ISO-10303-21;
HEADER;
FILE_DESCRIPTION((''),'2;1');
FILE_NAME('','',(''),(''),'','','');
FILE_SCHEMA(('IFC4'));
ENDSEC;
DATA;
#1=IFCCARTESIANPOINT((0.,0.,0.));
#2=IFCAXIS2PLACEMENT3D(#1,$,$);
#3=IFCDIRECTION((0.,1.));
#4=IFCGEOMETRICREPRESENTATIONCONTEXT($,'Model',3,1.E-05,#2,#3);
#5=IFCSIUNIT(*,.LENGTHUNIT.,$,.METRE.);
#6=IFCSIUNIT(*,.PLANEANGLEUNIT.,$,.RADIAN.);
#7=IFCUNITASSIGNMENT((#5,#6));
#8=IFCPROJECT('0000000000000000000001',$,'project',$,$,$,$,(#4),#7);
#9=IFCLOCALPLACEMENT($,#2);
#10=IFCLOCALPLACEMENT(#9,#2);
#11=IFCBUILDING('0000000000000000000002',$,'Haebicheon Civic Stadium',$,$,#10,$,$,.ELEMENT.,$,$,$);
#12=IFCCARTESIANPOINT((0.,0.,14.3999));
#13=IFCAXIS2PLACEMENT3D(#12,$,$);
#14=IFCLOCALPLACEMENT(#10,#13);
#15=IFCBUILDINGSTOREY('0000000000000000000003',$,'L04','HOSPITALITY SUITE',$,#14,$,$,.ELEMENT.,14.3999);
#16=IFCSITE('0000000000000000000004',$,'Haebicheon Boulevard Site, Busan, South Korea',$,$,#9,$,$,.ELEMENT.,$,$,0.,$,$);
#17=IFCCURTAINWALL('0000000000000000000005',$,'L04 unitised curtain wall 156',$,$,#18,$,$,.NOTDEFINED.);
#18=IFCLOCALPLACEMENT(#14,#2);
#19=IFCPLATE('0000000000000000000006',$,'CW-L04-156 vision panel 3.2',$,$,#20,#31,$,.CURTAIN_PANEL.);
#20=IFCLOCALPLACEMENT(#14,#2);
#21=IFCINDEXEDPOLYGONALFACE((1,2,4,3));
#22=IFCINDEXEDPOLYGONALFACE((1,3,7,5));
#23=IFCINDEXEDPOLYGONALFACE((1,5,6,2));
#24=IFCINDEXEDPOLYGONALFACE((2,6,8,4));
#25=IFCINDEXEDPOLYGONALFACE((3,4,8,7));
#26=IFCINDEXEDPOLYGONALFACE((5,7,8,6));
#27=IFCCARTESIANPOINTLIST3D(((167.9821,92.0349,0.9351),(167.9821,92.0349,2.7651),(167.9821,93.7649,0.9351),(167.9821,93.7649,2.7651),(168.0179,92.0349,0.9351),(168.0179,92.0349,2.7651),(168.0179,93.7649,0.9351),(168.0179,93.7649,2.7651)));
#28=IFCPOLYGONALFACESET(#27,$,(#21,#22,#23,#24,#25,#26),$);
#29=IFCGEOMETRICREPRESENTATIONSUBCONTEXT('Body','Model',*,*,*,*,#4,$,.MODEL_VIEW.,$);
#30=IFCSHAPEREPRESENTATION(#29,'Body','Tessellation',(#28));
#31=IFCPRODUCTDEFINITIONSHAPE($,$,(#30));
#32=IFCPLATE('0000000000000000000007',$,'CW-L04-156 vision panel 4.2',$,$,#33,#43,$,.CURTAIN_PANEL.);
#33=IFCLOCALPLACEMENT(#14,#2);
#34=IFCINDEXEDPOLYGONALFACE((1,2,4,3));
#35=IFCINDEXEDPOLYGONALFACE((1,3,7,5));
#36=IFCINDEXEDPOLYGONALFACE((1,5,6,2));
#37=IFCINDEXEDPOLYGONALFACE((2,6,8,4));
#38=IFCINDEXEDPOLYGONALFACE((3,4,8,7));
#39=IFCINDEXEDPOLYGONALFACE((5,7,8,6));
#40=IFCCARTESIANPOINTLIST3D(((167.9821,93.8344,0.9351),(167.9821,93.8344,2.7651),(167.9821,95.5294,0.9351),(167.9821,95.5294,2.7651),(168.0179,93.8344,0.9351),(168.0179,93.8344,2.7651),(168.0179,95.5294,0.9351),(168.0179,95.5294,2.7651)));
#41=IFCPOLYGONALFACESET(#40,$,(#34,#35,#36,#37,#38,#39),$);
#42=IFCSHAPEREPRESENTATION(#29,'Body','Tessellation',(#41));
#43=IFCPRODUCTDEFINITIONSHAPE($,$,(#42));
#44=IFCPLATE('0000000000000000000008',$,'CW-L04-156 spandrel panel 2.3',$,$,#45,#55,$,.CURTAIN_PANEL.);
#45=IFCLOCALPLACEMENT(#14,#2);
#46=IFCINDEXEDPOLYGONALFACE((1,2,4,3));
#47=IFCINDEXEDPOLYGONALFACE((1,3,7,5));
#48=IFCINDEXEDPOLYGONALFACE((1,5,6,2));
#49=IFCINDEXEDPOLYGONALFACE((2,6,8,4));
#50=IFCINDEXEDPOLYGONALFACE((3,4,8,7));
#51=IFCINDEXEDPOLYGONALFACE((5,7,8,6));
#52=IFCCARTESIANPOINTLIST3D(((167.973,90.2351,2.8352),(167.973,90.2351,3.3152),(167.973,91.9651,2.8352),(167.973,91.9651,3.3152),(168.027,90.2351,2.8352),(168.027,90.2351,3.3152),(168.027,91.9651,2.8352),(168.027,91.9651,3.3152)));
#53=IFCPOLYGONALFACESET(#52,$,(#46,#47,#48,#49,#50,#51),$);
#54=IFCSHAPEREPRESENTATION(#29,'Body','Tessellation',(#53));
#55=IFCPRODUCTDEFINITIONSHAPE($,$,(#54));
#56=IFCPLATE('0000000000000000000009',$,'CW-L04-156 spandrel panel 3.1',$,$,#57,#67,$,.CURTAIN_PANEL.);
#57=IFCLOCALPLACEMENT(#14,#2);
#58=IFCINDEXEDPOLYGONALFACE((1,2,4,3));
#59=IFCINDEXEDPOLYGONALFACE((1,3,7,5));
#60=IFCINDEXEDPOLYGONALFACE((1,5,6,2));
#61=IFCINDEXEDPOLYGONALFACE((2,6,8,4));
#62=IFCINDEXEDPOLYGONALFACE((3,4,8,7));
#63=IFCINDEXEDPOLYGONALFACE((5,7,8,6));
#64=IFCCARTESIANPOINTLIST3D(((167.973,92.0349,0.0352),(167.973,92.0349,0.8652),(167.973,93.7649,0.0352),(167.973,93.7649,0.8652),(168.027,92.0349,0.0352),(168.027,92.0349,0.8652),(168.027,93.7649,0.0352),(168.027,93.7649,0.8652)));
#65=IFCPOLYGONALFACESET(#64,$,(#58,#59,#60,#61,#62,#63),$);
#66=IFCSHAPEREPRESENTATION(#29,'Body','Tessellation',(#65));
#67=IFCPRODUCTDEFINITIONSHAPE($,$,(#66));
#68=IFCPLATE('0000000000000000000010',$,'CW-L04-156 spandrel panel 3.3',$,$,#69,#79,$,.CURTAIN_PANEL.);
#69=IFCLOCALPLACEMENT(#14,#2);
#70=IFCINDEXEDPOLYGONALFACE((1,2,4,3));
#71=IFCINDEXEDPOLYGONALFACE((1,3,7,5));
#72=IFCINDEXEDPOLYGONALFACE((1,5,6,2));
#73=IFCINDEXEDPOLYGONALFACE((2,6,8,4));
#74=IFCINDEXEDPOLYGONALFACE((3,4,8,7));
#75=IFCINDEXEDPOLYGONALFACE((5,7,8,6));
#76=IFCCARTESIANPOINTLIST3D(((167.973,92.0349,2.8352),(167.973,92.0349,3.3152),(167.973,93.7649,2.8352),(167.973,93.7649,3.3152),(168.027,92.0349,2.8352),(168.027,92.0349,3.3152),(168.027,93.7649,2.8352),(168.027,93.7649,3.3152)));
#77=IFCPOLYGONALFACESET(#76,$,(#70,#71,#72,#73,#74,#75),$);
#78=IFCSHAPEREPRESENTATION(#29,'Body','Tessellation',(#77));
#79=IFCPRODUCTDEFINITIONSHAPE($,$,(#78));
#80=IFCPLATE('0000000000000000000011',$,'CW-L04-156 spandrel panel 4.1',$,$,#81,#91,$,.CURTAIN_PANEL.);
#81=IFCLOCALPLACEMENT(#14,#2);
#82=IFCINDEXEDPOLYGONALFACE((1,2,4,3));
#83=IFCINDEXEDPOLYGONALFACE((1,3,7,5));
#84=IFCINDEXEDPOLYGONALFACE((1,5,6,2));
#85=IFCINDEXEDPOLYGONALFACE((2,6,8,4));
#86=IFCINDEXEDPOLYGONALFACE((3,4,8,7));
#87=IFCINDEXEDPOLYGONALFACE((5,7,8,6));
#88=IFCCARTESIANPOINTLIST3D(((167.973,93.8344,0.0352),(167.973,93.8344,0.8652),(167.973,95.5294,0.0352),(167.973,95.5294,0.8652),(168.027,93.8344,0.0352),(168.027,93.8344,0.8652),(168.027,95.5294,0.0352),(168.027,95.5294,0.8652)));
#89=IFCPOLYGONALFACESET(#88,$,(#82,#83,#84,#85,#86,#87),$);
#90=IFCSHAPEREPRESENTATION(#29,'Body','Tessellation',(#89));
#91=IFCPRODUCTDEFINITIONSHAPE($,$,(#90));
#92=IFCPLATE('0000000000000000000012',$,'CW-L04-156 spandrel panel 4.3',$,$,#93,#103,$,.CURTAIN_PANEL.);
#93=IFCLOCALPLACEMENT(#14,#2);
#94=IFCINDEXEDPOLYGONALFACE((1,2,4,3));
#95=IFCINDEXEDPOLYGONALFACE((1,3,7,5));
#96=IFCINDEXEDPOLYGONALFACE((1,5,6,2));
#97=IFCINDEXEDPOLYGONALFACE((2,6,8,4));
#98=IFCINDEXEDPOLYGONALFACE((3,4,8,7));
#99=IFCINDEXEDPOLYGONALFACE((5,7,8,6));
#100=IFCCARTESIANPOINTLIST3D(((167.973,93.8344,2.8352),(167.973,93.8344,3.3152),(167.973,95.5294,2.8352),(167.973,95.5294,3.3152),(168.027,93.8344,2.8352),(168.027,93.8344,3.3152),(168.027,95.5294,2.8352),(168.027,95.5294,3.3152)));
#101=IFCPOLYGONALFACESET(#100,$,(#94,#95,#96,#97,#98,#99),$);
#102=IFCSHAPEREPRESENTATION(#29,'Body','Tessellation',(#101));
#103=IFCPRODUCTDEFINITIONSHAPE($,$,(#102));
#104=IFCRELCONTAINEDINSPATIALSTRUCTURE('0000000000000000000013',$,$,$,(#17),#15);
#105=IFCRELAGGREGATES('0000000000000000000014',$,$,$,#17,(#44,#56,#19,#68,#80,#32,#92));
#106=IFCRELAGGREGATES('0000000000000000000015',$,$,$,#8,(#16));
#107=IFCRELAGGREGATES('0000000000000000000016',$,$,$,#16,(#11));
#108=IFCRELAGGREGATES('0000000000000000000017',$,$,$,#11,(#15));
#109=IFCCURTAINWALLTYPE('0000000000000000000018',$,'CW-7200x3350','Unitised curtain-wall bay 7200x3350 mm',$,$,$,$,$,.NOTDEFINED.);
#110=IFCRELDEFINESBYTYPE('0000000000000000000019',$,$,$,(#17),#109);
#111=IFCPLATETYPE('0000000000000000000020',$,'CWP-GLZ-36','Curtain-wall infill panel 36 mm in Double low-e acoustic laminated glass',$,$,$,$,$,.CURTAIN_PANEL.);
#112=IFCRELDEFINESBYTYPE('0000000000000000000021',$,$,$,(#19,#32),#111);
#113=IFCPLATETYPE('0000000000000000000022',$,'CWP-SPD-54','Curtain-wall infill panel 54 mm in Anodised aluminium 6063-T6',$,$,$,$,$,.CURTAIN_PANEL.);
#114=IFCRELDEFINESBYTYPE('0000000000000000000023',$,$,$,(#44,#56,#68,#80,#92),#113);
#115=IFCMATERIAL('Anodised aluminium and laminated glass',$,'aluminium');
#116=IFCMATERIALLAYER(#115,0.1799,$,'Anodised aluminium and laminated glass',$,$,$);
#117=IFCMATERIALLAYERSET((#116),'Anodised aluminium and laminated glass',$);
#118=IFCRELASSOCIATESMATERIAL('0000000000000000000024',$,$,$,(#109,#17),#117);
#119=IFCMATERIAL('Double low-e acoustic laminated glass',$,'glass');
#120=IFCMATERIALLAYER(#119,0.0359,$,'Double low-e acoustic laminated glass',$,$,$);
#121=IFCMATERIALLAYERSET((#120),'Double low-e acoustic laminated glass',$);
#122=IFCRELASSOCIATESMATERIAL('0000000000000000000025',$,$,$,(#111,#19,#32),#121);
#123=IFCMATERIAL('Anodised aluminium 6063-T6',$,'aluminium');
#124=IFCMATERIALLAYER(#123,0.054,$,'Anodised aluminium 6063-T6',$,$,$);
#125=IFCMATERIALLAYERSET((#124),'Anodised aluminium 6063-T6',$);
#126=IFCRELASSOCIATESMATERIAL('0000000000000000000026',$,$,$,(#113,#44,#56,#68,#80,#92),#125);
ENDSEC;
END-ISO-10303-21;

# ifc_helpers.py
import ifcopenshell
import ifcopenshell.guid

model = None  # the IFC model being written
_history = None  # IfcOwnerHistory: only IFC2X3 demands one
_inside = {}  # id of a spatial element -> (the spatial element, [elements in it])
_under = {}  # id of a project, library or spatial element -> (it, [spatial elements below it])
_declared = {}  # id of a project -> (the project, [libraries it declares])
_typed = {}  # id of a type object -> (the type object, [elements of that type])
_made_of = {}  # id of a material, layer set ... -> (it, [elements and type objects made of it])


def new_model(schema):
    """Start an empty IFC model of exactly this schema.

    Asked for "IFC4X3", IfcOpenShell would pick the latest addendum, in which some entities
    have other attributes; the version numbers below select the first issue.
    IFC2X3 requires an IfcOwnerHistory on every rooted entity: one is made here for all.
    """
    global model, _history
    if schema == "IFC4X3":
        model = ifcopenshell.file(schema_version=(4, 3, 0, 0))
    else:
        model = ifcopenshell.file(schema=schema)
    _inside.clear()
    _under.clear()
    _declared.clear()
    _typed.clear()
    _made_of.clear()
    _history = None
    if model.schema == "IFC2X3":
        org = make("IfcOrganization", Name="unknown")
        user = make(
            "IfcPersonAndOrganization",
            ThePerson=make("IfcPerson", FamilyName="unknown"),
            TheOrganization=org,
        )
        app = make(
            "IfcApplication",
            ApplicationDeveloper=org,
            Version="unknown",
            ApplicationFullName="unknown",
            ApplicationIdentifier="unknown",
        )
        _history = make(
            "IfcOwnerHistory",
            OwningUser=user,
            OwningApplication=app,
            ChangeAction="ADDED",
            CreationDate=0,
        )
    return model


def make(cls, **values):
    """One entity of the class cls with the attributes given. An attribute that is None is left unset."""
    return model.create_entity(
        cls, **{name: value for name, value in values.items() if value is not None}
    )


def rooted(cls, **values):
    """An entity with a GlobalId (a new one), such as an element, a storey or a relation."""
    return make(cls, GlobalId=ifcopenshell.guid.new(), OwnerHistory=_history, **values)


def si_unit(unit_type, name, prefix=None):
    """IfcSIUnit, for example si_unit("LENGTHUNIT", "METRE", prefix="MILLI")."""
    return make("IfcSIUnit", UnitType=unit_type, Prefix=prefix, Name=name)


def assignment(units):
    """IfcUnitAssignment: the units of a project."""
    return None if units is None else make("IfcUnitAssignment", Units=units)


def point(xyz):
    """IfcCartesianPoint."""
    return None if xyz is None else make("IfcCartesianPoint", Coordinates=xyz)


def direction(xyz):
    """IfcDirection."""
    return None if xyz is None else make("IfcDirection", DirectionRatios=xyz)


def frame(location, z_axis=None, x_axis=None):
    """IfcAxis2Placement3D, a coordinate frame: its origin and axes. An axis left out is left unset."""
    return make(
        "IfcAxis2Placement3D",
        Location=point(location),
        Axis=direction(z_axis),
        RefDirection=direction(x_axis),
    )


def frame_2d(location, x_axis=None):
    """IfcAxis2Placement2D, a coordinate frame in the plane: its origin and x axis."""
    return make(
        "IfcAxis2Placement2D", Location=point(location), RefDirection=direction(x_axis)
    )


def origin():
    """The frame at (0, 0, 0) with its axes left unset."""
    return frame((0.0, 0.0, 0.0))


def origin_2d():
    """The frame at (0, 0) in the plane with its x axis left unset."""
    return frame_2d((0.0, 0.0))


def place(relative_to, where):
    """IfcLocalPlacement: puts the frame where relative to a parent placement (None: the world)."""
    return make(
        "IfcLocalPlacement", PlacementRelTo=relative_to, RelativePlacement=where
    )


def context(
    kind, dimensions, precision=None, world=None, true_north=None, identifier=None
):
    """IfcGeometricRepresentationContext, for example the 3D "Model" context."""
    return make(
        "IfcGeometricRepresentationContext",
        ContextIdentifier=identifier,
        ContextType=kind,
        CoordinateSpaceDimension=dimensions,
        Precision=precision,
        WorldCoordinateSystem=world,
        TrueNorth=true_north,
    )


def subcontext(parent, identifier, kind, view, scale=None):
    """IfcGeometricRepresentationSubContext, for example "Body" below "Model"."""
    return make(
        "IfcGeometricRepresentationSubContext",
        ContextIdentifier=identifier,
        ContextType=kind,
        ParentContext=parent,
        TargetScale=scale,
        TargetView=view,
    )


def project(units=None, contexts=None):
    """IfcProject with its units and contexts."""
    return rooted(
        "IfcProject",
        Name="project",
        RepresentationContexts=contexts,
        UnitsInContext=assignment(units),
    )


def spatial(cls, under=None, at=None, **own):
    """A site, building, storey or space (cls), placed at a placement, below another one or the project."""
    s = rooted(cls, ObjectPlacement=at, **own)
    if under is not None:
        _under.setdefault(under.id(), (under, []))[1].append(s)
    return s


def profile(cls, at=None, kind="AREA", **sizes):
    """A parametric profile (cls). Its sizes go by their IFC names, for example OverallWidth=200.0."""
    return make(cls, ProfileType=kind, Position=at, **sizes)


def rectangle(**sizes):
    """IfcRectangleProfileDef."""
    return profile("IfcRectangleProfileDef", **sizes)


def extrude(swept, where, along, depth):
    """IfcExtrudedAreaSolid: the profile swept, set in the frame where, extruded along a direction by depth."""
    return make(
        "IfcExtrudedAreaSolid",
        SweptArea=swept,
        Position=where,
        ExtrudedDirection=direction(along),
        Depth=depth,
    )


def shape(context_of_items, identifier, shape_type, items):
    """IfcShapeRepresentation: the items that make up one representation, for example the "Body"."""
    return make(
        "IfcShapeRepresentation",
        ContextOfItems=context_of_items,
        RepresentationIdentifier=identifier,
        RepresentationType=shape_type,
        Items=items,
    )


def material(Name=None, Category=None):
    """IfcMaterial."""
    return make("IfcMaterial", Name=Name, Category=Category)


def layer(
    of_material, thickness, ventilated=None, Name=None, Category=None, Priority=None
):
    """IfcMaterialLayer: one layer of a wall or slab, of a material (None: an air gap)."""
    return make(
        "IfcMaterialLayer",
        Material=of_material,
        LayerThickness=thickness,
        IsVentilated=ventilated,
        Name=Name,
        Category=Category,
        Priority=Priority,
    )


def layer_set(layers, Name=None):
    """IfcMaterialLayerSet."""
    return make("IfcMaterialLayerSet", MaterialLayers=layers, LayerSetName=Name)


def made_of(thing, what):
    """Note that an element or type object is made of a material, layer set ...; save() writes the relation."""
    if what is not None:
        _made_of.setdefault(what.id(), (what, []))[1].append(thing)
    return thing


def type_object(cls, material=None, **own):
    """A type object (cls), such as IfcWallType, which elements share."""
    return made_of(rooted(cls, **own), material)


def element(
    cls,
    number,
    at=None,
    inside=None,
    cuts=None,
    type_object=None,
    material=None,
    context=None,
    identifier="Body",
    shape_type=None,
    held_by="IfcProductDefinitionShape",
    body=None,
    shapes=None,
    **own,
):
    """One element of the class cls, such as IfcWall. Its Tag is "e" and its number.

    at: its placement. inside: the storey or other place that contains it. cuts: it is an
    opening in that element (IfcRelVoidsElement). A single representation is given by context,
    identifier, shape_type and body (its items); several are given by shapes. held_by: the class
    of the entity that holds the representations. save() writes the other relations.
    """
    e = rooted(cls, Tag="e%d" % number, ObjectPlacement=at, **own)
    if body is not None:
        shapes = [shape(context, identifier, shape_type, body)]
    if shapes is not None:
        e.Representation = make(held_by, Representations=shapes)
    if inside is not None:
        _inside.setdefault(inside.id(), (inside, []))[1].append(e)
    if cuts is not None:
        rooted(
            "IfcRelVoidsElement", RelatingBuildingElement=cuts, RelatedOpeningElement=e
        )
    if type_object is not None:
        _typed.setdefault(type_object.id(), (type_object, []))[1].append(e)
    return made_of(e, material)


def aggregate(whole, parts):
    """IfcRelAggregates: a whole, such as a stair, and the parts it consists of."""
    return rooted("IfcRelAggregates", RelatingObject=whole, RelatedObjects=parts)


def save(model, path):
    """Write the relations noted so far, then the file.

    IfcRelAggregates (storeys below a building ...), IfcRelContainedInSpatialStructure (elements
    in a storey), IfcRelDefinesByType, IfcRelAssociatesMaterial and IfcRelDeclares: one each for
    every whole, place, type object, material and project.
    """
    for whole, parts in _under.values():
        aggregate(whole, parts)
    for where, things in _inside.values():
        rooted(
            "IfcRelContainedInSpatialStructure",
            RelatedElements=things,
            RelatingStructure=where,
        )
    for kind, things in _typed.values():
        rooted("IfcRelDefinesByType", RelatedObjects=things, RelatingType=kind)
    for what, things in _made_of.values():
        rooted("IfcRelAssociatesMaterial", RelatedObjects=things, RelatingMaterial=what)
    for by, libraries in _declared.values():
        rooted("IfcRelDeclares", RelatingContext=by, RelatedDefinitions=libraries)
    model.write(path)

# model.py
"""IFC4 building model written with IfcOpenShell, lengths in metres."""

from ifc_helpers import new_model, si_unit, direction, frame, origin, origin_2d, place, context, subcontext, project, spatial, rectangle, extrude, material, layer, layer_set, type_object, element, aggregate, save


model = new_model("IFC4")

# Units and contexts
model_context = context("Model", 3, precision=1e-05, world=origin(), true_north=direction((0.0, 1.0)))
body_context = subcontext(model_context, "Body", "Model", "MODEL_VIEW")
ifc_project = project(units=[si_unit("LENGTHUNIT", "METRE"), si_unit("PLANEANGLEUNIT", "RADIAN")], contexts=[model_context])

# Site, building, storey
site_placement = place(None, origin())
site = spatial("IfcSite", under=ifc_project, at=site_placement, Name="Haebicheon Boulevard Site, Busan, South Korea", CompositionType="ELEMENT", RefElevation=0.0)
building_placement = place(site_placement, origin())
building = spatial("IfcBuilding", under=site, at=building_placement, Name="Haebicheon Civic Stadium", CompositionType="ELEMENT")
storey_placement = place(building_placement, frame((0.0, 0.0, 14.3999)))
storey = spatial("IfcBuildingStorey", under=building, at=storey_placement, Name="L04", Description="HOSPITALITY SUITE", CompositionType="ELEMENT", Elevation=14.3999)

# Curtain wall
ifc_material_1 = material(Name="Anodised aluminium and laminated glass", Category="aluminium")
ifc_layer_1 = layer(ifc_material_1, 0.1799, Name="Anodised aluminium and laminated glass")
ifc_layer_set_1 = layer_set([ifc_layer_1], Name="Anodised aluminium and laminated glass")
curtain_wall_type = type_object("IfcCurtainWallType", Name="CW-7200x3350", Description="Unitised curtain-wall bay 7200x3350 mm", PredefinedType="NOTDEFINED", material=ifc_layer_set_1)
curtain_wall_placement = place(storey_placement, origin())
curtain_wall = element("IfcCurtainWall", 1, at=curtain_wall_placement, inside=storey, type_object=curtain_wall_type, material=ifc_layer_set_1, Name="L04 unitised curtain wall 156", PredefinedType="NOTDEFINED")

# Plates
ifc_material_2 = material(Name="Double low-e acoustic laminated glass", Category="glass")
ifc_layer_2 = layer(ifc_material_2, 0.0359, Name="Double low-e acoustic laminated glass")
ifc_layer_set_2 = layer_set([ifc_layer_2], Name="Double low-e acoustic laminated glass")
plate_type_1 = type_object("IfcPlateType", Name="CWP-GLZ-36", Description="Curtain-wall infill panel 36 mm in Double low-e acoustic laminated glass", PredefinedType="CURTAIN_PANEL", material=ifc_layer_set_2)
plate_1_placement = place(storey_placement, frame((168.0, 92.8999, 0.9351), z_axis=(0.0, 0.0, 1.0), x_axis=(0.0, 1.0, 0.0)))
plate_1 = element("IfcPlate", 2, at=plate_1_placement, type_object=plate_type_1, material=ifc_layer_set_2, Name="CW-L04-156 vision panel 3.2", PredefinedType="CURTAIN_PANEL", context=body_context, shape_type="SweptSolid", body=[
    extrude(rectangle(XDim=1.73, YDim=0.0359, at=origin_2d()), origin(), (0.0, 0.0, 1.0), 1.8301),
])
plate_2_placement = place(storey_placement, frame((168.0, 94.6819, 0.9351), z_axis=(0.0, 0.0, 1.0), x_axis=(0.0, 1.0, 0.0)))
plate_2 = element("IfcPlate", 3, at=plate_2_placement, type_object=plate_type_1, material=ifc_layer_set_2, Name="CW-L04-156 vision panel 4.2", PredefinedType="CURTAIN_PANEL", context=body_context, shape_type="SweptSolid", body=[
    extrude(rectangle(XDim=1.6951, YDim=0.0359, at=origin_2d()), origin(), (0.0, 0.0, 1.0), 1.8301),
])
ifc_material_3 = material(Name="Anodised aluminium 6063-T6", Category="aluminium")
ifc_layer_3 = layer(ifc_material_3, 0.054, Name="Anodised aluminium 6063-T6")
ifc_layer_set_3 = layer_set([ifc_layer_3], Name="Anodised aluminium 6063-T6")
plate_type_2 = type_object("IfcPlateType", Name="CWP-SPD-54", Description="Curtain-wall infill panel 54 mm in Anodised aluminium 6063-T6", PredefinedType="CURTAIN_PANEL", material=ifc_layer_set_3)
plate_3_placement = place(storey_placement, frame((168.0, 91.1001, 2.8352), z_axis=(0.0, 0.0, 1.0), x_axis=(0.0, 1.0, 0.0)))
plate_3 = element("IfcPlate", 4, at=plate_3_placement, type_object=plate_type_2, material=ifc_layer_set_3, Name="CW-L04-156 spandrel panel 2.3", PredefinedType="CURTAIN_PANEL", context=body_context, shape_type="SweptSolid", body=[
    extrude(rectangle(XDim=1.73, YDim=0.054, at=origin_2d()), origin(), (0.0, 0.0, 1.0), 0.48),
])
plate_4_placement = place(storey_placement, frame((168.0, 92.8999, 0.0352), z_axis=(0.0, 0.0, 1.0), x_axis=(0.0, 1.0, 0.0)))
plate_4 = element("IfcPlate", 5, at=plate_4_placement, type_object=plate_type_2, material=ifc_layer_set_3, Name="CW-L04-156 spandrel panel 3.1", PredefinedType="CURTAIN_PANEL", context=body_context, shape_type="SweptSolid", body=[
    extrude(rectangle(XDim=1.73, YDim=0.054, at=origin_2d()), origin(), (0.0, 0.0, 1.0), 0.8301),
])
plate_5_placement = place(storey_placement, frame((168.0, 92.8999, 2.8352), z_axis=(0.0, 0.0, 1.0), x_axis=(0.0, 1.0, 0.0)))
plate_5 = element("IfcPlate", 6, at=plate_5_placement, type_object=plate_type_2, material=ifc_layer_set_3, Name="CW-L04-156 spandrel panel 3.3", PredefinedType="CURTAIN_PANEL", context=body_context, shape_type="SweptSolid", body=[
    extrude(rectangle(XDim=1.73, YDim=0.054, at=origin_2d()), origin(), (0.0, 0.0, 1.0), 0.48),
])
plate_6_placement = place(storey_placement, frame((168.0, 94.6819, 0.0352), z_axis=(0.0, 0.0, 1.0), x_axis=(0.0, 1.0, 0.0)))
plate_6 = element("IfcPlate", 7, at=plate_6_placement, type_object=plate_type_2, material=ifc_layer_set_3, Name="CW-L04-156 spandrel panel 4.1", PredefinedType="CURTAIN_PANEL", context=body_context, shape_type="SweptSolid", body=[
    extrude(rectangle(XDim=1.6951, YDim=0.054, at=origin_2d()), origin(), (0.0, 0.0, 1.0), 0.8301),
])
plate_7_placement = place(storey_placement, frame((168.0, 94.6819, 2.8352), z_axis=(0.0, 0.0, 1.0), x_axis=(0.0, 1.0, 0.0)))
plate_7 = element("IfcPlate", 8, at=plate_7_placement, type_object=plate_type_2, material=ifc_layer_set_3, Name="CW-L04-156 spandrel panel 4.3", PredefinedType="CURTAIN_PANEL", context=body_context, shape_type="SweptSolid", body=[
    extrude(rectangle(XDim=1.6951, YDim=0.054, at=origin_2d()), origin(), (0.0, 0.0, 1.0), 0.48),
])
aggregate(curtain_wall, [plate_3, plate_4, plate_1, plate_5, plate_6, plate_2, plate_7])

save(model, "model.ifc")
